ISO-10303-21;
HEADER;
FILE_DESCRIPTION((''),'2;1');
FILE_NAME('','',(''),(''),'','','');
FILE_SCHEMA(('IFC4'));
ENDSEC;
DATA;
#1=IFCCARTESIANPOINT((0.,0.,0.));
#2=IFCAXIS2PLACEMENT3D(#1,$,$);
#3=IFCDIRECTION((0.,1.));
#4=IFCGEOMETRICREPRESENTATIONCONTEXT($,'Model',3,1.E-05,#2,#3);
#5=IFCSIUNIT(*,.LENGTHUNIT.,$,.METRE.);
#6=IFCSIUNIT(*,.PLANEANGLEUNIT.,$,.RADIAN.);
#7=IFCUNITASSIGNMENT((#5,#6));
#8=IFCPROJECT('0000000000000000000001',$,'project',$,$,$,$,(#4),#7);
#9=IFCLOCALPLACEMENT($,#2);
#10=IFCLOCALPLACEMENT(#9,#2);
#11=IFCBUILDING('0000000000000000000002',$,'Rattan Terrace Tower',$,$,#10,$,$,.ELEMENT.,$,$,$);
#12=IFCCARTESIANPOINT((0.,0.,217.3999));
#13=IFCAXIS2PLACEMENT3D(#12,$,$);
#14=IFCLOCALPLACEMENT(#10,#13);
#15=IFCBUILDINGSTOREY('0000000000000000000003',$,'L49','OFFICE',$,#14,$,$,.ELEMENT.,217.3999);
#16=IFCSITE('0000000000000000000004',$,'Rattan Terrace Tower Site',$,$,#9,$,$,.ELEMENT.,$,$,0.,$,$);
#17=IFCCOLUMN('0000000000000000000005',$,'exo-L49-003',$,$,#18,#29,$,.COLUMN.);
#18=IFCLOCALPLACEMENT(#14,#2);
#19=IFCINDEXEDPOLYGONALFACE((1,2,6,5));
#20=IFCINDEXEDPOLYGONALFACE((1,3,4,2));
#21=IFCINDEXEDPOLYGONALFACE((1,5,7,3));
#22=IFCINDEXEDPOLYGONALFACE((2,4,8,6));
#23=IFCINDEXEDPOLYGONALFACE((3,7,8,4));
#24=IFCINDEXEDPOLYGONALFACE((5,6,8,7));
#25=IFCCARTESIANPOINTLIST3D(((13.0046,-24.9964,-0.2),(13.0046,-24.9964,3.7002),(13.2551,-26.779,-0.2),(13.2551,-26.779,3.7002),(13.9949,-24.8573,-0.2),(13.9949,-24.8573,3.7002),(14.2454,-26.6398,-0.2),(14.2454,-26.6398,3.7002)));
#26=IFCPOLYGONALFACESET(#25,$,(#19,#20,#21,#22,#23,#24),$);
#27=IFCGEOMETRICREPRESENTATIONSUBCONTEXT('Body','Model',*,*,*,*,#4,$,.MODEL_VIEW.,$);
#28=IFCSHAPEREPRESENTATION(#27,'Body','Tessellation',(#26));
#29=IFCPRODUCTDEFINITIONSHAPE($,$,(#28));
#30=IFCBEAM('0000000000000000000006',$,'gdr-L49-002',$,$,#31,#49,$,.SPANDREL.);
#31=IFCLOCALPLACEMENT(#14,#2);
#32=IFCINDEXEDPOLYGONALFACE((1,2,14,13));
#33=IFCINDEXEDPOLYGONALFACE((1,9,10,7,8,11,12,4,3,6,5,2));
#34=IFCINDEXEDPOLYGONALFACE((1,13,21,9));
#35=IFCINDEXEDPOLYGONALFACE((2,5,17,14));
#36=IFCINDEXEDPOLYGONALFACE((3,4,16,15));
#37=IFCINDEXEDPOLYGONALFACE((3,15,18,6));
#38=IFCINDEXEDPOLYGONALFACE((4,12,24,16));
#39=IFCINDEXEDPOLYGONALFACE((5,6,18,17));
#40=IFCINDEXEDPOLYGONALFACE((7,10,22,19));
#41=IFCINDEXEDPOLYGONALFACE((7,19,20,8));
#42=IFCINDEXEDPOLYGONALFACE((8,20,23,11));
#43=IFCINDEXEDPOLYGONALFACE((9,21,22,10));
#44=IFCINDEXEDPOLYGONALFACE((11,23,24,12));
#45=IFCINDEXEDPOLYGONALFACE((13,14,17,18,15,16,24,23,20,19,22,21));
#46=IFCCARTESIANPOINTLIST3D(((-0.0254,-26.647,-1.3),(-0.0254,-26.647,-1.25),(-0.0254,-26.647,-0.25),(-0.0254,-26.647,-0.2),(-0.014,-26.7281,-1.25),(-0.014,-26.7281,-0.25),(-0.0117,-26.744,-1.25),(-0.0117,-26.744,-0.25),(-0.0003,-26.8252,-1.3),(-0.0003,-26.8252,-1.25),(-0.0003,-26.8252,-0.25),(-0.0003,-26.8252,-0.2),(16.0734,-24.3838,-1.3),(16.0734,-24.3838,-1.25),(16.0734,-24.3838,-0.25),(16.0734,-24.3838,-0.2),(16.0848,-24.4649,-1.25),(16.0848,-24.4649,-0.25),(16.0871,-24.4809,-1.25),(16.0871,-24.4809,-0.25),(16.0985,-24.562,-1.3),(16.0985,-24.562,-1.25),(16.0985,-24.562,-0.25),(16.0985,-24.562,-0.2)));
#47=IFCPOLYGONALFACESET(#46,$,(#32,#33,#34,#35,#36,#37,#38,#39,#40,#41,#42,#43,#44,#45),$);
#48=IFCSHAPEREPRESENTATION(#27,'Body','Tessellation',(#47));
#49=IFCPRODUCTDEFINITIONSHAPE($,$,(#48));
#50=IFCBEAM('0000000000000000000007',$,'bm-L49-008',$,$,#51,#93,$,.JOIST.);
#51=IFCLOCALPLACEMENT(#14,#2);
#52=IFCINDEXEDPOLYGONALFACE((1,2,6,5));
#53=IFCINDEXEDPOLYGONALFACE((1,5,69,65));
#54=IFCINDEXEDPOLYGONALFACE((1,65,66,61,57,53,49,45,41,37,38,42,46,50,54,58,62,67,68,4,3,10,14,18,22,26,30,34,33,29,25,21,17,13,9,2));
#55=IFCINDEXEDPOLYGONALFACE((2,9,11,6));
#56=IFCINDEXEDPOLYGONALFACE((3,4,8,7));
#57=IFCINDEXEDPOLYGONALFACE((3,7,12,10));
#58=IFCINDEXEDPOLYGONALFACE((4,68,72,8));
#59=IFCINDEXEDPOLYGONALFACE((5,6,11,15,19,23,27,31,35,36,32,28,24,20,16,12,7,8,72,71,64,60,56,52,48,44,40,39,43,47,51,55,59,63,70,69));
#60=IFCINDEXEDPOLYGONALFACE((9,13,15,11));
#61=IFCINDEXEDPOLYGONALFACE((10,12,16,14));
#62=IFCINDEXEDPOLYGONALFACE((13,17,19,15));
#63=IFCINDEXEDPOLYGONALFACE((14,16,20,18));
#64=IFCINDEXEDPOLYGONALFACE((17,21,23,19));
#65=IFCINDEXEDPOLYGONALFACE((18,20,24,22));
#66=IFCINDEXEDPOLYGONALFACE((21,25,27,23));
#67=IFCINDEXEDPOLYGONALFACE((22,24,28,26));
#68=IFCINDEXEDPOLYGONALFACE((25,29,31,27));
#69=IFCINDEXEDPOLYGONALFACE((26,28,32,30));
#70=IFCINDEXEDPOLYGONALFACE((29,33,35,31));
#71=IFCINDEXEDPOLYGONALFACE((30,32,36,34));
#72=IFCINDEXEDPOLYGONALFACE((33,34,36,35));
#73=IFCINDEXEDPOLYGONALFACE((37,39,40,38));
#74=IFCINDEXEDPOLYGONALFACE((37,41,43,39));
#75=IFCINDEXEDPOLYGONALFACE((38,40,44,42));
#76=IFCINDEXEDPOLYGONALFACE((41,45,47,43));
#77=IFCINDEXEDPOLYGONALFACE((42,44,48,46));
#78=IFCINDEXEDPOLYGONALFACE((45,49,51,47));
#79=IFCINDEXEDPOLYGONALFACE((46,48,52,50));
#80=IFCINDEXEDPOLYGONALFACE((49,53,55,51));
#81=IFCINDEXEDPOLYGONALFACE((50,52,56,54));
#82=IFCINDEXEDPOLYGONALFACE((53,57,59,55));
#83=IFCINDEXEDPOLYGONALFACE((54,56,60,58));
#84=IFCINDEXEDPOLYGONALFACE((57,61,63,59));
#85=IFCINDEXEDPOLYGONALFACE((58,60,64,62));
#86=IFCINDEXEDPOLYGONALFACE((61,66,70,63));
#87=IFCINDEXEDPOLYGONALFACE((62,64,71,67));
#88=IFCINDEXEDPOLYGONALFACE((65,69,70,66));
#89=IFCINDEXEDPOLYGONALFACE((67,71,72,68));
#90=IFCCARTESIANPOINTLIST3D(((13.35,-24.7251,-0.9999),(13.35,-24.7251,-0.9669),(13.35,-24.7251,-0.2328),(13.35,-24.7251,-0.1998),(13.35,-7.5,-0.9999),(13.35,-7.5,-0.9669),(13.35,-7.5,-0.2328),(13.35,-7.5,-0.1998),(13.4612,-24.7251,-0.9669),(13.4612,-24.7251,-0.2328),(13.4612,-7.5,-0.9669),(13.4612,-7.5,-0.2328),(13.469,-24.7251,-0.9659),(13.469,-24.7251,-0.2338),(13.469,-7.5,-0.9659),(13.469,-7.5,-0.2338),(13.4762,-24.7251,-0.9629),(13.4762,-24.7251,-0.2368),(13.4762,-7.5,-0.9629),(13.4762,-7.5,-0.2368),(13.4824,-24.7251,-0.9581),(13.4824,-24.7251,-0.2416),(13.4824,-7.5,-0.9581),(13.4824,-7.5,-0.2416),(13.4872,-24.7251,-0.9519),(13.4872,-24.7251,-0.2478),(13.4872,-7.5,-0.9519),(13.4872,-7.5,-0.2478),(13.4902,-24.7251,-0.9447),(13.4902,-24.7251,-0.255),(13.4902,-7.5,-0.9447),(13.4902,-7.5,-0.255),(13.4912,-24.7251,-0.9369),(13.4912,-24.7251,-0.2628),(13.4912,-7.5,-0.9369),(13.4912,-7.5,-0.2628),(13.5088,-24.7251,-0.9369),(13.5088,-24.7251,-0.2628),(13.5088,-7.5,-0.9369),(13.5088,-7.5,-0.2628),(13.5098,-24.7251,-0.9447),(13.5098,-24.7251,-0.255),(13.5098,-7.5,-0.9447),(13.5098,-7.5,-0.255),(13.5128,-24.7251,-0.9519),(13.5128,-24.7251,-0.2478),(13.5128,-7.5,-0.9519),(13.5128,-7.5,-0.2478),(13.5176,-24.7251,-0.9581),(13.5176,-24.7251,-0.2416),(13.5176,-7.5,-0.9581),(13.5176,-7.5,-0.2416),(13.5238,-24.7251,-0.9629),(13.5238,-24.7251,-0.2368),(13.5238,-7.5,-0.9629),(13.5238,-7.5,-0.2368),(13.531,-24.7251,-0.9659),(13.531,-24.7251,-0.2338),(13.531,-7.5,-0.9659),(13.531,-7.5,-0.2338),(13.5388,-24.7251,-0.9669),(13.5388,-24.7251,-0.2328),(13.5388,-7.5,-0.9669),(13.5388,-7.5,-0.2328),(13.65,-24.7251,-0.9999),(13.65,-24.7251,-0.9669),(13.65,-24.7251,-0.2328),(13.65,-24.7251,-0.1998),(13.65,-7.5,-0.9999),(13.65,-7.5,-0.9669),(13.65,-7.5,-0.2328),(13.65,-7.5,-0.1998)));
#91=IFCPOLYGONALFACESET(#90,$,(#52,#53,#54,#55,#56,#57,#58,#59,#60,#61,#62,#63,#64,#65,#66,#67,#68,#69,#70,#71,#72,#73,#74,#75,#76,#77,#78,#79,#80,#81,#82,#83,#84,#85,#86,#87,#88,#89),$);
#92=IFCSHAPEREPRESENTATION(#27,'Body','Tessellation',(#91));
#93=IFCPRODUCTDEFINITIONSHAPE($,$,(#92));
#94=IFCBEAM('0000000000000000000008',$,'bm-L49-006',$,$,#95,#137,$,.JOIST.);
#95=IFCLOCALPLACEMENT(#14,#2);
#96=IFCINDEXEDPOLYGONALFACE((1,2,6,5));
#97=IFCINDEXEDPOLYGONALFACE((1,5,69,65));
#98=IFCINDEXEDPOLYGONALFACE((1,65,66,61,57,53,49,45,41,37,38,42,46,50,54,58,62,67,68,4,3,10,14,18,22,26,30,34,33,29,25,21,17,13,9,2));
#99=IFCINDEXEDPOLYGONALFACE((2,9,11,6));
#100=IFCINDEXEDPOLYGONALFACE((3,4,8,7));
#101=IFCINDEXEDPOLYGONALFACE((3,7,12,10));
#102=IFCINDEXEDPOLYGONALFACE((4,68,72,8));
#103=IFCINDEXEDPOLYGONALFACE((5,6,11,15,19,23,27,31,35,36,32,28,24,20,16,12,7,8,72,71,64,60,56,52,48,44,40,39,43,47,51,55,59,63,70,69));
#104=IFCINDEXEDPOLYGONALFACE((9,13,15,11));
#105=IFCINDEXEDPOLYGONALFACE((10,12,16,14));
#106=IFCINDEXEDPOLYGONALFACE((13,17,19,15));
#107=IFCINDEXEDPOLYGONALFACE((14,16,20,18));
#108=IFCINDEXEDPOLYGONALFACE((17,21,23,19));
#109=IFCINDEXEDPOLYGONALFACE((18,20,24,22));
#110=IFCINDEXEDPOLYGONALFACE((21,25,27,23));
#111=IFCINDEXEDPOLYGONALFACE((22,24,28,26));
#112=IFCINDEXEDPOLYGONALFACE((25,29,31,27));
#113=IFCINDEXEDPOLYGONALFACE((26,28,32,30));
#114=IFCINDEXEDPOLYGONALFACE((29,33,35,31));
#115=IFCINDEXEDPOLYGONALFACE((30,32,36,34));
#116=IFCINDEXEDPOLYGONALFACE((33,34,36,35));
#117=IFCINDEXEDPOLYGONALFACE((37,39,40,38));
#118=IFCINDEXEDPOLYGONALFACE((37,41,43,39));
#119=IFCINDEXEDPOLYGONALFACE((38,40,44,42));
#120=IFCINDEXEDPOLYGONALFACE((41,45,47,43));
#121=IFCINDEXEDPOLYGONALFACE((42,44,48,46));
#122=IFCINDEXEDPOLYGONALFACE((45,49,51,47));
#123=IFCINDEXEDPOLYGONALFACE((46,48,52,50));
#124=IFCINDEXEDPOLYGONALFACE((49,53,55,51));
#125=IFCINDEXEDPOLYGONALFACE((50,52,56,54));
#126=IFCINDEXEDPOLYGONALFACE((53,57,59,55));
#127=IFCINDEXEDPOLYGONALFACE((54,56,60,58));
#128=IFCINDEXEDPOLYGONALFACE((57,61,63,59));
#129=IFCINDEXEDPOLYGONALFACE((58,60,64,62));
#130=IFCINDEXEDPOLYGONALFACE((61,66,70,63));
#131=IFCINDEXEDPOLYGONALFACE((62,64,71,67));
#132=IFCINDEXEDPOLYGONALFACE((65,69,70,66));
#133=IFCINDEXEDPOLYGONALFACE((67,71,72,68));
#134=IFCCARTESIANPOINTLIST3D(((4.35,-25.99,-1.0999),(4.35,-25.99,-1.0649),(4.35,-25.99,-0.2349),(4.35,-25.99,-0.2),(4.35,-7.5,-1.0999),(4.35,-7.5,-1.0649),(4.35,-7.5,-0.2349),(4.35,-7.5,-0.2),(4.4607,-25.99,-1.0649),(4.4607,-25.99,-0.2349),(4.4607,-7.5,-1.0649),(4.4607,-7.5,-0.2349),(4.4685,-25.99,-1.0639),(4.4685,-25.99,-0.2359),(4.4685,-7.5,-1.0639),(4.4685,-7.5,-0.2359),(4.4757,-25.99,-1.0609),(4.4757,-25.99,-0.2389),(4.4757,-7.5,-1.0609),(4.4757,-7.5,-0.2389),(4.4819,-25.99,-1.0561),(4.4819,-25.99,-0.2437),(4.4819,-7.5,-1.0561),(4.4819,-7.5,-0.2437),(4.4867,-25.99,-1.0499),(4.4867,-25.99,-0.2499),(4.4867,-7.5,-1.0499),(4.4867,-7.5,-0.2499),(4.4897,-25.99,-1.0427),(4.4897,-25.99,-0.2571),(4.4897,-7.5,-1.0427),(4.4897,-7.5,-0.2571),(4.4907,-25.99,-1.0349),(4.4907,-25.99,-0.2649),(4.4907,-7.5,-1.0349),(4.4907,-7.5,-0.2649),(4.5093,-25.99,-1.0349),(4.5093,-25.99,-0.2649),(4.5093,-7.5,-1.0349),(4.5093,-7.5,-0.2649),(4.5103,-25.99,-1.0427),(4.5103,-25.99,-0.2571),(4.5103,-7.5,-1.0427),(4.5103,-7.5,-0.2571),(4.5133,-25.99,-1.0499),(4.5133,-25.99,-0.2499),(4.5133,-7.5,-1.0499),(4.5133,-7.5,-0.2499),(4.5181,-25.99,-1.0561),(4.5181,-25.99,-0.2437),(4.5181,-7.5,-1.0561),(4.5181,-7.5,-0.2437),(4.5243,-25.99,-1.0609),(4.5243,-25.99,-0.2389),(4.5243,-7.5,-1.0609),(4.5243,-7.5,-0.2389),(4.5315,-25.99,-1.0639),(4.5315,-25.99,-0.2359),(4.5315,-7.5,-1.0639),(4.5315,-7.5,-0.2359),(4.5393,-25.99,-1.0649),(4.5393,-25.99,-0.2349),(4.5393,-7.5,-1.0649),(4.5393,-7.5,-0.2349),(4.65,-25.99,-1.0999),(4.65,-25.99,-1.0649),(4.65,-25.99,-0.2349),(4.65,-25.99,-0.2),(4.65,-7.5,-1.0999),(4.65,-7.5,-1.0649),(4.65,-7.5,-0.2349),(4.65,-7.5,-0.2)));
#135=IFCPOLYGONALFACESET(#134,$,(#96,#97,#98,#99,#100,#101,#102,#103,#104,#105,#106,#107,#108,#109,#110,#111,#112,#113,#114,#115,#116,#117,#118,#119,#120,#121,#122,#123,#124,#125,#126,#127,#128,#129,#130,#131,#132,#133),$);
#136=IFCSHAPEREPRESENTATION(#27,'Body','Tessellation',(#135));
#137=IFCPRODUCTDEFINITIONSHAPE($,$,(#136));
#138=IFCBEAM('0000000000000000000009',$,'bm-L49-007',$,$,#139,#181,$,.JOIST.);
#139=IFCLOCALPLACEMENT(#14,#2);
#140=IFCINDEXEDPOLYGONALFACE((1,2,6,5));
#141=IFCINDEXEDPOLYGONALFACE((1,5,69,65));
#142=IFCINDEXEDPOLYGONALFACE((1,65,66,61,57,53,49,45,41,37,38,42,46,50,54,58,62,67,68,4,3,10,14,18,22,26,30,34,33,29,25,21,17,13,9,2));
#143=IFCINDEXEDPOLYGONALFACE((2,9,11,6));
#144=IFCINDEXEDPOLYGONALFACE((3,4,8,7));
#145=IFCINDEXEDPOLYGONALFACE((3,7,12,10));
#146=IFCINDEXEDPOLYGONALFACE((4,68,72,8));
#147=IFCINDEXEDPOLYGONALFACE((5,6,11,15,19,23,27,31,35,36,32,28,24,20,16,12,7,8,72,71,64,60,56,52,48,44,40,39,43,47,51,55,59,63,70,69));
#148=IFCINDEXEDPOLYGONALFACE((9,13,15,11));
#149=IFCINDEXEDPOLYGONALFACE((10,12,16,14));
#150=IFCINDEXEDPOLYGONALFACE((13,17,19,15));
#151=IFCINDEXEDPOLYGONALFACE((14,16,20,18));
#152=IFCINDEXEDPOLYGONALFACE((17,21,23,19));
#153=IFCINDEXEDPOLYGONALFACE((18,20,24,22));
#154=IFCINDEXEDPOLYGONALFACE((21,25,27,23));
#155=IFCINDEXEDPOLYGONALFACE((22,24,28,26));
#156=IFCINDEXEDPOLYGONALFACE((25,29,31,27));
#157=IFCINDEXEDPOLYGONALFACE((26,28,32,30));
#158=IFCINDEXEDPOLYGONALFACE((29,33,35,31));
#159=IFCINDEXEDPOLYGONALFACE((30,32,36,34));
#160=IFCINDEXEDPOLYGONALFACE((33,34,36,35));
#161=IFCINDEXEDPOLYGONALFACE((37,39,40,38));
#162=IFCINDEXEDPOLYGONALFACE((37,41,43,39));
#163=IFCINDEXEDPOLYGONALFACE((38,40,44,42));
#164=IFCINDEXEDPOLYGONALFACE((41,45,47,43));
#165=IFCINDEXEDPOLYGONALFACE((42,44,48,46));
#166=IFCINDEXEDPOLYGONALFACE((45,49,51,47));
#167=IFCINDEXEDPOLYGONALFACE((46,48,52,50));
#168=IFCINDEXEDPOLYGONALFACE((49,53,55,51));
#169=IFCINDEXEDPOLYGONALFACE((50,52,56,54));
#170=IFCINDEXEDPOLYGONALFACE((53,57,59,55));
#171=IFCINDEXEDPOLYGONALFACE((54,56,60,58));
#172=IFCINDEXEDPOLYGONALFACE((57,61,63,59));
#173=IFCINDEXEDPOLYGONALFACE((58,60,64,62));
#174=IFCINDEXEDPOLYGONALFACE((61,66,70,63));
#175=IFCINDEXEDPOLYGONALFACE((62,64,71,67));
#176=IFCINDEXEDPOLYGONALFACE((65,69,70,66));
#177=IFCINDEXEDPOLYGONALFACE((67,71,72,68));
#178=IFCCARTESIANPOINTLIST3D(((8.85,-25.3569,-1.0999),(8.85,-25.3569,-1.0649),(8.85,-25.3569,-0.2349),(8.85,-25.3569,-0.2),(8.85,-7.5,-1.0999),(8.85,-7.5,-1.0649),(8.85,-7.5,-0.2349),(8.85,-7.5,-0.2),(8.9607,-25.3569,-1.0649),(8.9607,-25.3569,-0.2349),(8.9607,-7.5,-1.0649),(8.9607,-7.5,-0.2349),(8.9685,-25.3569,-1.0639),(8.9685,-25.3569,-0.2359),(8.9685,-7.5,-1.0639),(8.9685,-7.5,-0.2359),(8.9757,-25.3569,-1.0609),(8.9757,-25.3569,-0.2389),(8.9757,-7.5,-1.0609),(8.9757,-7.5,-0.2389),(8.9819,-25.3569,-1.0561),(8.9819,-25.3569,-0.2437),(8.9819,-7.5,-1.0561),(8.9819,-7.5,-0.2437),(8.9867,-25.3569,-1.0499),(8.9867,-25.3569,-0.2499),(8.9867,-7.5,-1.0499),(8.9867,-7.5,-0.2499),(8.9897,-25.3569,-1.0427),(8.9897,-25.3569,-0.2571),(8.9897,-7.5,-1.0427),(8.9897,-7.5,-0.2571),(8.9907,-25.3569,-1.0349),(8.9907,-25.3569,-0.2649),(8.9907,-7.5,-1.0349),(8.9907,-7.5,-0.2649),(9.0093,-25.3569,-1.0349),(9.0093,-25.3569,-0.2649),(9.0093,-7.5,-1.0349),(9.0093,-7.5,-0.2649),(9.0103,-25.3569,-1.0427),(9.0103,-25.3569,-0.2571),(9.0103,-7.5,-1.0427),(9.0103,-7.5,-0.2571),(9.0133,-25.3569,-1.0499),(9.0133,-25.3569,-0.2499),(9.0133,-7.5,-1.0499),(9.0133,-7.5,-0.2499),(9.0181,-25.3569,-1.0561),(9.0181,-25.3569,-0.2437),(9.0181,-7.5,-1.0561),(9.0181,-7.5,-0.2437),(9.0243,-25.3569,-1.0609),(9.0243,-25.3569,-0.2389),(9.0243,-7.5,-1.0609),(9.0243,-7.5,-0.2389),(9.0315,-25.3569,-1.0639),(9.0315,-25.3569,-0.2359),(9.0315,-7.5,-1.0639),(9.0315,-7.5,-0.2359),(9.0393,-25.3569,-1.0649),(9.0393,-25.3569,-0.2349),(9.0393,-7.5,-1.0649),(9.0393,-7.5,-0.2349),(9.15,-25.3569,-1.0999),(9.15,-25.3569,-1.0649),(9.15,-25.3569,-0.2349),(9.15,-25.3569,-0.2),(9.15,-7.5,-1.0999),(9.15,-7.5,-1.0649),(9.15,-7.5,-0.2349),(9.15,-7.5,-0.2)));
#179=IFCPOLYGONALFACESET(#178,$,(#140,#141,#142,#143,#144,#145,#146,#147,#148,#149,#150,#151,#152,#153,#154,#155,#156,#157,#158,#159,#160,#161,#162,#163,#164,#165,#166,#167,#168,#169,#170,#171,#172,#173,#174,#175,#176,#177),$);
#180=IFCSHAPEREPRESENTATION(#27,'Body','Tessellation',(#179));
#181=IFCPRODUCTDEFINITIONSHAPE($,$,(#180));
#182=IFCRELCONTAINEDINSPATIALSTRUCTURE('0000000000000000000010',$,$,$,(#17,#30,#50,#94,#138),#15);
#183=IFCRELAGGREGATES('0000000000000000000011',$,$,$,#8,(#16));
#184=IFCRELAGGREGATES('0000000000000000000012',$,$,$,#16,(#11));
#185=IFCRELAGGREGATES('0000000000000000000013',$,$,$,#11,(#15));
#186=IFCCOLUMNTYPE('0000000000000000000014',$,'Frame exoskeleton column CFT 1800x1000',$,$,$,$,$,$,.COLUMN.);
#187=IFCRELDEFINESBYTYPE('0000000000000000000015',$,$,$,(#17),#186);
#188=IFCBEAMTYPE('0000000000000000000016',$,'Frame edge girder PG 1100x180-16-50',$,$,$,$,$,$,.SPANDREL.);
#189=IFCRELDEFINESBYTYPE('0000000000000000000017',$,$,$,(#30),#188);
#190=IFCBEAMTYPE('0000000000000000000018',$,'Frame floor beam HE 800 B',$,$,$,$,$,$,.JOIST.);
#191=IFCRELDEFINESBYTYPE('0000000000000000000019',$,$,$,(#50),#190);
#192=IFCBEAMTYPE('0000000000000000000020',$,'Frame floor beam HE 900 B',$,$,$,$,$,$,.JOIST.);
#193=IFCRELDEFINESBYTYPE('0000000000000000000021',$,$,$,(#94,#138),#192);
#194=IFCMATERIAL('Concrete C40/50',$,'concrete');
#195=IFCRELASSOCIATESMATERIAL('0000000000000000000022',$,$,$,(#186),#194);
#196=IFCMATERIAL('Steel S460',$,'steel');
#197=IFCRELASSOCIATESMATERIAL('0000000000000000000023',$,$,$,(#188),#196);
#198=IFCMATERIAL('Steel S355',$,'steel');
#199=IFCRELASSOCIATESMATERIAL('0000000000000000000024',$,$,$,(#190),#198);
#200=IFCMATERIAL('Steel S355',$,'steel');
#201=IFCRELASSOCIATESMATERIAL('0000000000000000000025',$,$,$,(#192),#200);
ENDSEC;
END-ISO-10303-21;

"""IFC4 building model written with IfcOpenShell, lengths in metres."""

from ifc_helpers import new_model, si_unit, direction, frame, origin, origin_2d, place, context, subcontext, project, spatial, rectangle, i_section, extrude, material, material_profile, profile_set, type_object, element, save


model = new_model("IFC4")

# Units and contexts
model_context = context("Model", 3, precision=1e-05, world=origin(), true_north=direction((0.0, 1.0)))
body_context = subcontext(model_context, "Body", "Model", "MODEL_VIEW")
ifc_project = project(units=[si_unit("LENGTHUNIT", "METRE"), si_unit("PLANEANGLEUNIT", "RADIAN")], contexts=[model_context])

# Site, building, storey
site_placement = place(None, origin())
site = spatial("IfcSite", under=ifc_project, at=site_placement, Name="Rattan Terrace Tower Site", CompositionType="ELEMENT", RefElevation=0.0)
building_placement = place(site_placement, origin())
building = spatial("IfcBuilding", under=site, at=building_placement, Name="Rattan Terrace Tower", CompositionType="ELEMENT")
storey_placement = place(building_placement, frame((0.0, 0.0, 217.3999)))
storey = spatial("IfcBuildingStorey", under=building, at=storey_placement, Name="L49", Description="OFFICE", CompositionType="ELEMENT", Elevation=217.3999)

# Column
ifc_material_1 = material(Name="Concrete C40/50", Category="concrete")
ifc_material_profile_1 = material_profile(ifc_material_1, rectangle(XDim=1.0, YDim=1.8, at=origin_2d()), Name="CFT 1800x1000")
ifc_profile_set_1 = profile_set([ifc_material_profile_1], Name="Concrete C40/50")
column_type = type_object("IfcColumnType", Name="Frame exoskeleton column CFT 1800x1000", PredefinedType="COLUMN", material=ifc_profile_set_1)
column_placement = place(storey_placement, frame((13.625, -25.8181, -0.2), z_axis=(0.0, 0.0, 1.0), x_axis=(0.990268, 0.139173, 0.0)))
element("IfcColumn", 1, at=column_placement, inside=storey, type_object=column_type, Name="exo-L49-003", PredefinedType="COLUMN", context=body_context, shape_type="SweptSolid", body=[
    extrude(rectangle(XDim=1.0, YDim=1.8, at=origin_2d()), origin(), (0.0, 0.0, 1.0), 3.9001),
])

# Beams
ifc_material_2 = material(Name="Steel S460", Category="steel")
ifc_material_profile_2 = material_profile(ifc_material_2, i_section(OverallWidth=0.1799, OverallDepth=1.1001, WebThickness=0.0161, FlangeThickness=0.05, at=origin_2d()), Name="PG 1100x180-16-50")
ifc_profile_set_2 = profile_set([ifc_material_profile_2], Name="Steel S460")
beam_type_1 = type_object("IfcBeamType", Name="Frame edge girder PG 1100x180-16-50", PredefinedType="SPANDREL", material=ifc_profile_set_2)
beam_1_placement = place(storey_placement, frame((16.0859, -24.4729, -0.75), z_axis=(-0.990263, -0.139211, 0.0), x_axis=(0.139211, -0.990263, 0.0)))
element("IfcBeam", 2, at=beam_1_placement, inside=storey, type_object=beam_type_1, Name="gdr-L49-002", PredefinedType="SPANDREL", context=body_context, shape_type="SweptSolid", body=[
    extrude(i_section(OverallWidth=0.1799, OverallDepth=1.1001, WebThickness=0.0161, FlangeThickness=0.05, at=origin_2d()), origin(), (0.0, 0.0, 1.0), 16.2571),
])
ifc_material_3 = material(Name="Steel S355", Category="steel")
ifc_material_profile_3 = material_profile(ifc_material_3, i_section(OverallWidth=0.3, OverallDepth=0.8, WebThickness=0.0176, FlangeThickness=0.033, FilletRadius=0.03, at=origin_2d()), Name="HE 800 B")
ifc_profile_set_3 = profile_set([ifc_material_profile_3], Name="Steel S355")
beam_type_2 = type_object("IfcBeamType", Name="Frame floor beam HE 800 B", PredefinedType="JOIST", material=ifc_profile_set_3)
beam_2_placement = place(storey_placement, frame((13.5, -24.7251, -0.5999), z_axis=(0.0, 1.0, 0.0), x_axis=(-1.0, 0.0, 0.0)))
element("IfcBeam", 3, at=beam_2_placement, inside=storey, type_object=beam_type_2, Name="bm-L49-008", PredefinedType="JOIST", context=body_context, shape_type="SweptSolid", body=[
    extrude(i_section(OverallWidth=0.3, OverallDepth=0.8, WebThickness=0.0176, FlangeThickness=0.033, FilletRadius=0.03, at=origin_2d()), origin(), (0.0, 0.0, 1.0), 17.2251),
])
ifc_material_4 = material(Name="Steel S355", Category="steel")
ifc_material_profile_4 = material_profile(ifc_material_4, i_section(OverallWidth=0.3, OverallDepth=0.8999, WebThickness=0.0186, FlangeThickness=0.0349, FilletRadius=0.03, at=origin_2d()), Name="HE 900 B")
ifc_profile_set_4 = profile_set([ifc_material_profile_4], Name="Steel S355")
beam_type_3 = type_object("IfcBeamType", Name="Frame floor beam HE 900 B", PredefinedType="JOIST", material=ifc_profile_set_4)
beam_3_placement = place(storey_placement, frame((4.5, -25.99, -0.6499), z_axis=(0.0, 1.0, 0.0), x_axis=(-1.0, 0.0, 0.0)))
element("IfcBeam", 4, at=beam_3_placement, inside=storey, type_object=beam_type_3, Name="bm-L49-006", PredefinedType="JOIST", context=body_context, shape_type="SweptSolid", body=[
    extrude(i_section(OverallWidth=0.3, OverallDepth=0.8999, WebThickness=0.0186, FlangeThickness=0.0349, FilletRadius=0.03, at=origin_2d()), origin(), (0.0, 0.0, 1.0), 18.49),
])
beam_4_placement = place(storey_placement, frame((9.0, -25.3569, -0.6499), z_axis=(0.0, 1.0, 0.0), x_axis=(-1.0, 0.0, 0.0)))
element("IfcBeam", 5, at=beam_4_placement, inside=storey, type_object=beam_type_3, Name="bm-L49-007", PredefinedType="JOIST", context=body_context, shape_type="SweptSolid", body=[
    extrude(i_section(OverallWidth=0.3, OverallDepth=0.8999, WebThickness=0.0186, FlangeThickness=0.0349, FilletRadius=0.03, at=origin_2d()), origin(), (0.0, 0.0, 1.0), 17.8569),
])

save(model, "model.ifc")
